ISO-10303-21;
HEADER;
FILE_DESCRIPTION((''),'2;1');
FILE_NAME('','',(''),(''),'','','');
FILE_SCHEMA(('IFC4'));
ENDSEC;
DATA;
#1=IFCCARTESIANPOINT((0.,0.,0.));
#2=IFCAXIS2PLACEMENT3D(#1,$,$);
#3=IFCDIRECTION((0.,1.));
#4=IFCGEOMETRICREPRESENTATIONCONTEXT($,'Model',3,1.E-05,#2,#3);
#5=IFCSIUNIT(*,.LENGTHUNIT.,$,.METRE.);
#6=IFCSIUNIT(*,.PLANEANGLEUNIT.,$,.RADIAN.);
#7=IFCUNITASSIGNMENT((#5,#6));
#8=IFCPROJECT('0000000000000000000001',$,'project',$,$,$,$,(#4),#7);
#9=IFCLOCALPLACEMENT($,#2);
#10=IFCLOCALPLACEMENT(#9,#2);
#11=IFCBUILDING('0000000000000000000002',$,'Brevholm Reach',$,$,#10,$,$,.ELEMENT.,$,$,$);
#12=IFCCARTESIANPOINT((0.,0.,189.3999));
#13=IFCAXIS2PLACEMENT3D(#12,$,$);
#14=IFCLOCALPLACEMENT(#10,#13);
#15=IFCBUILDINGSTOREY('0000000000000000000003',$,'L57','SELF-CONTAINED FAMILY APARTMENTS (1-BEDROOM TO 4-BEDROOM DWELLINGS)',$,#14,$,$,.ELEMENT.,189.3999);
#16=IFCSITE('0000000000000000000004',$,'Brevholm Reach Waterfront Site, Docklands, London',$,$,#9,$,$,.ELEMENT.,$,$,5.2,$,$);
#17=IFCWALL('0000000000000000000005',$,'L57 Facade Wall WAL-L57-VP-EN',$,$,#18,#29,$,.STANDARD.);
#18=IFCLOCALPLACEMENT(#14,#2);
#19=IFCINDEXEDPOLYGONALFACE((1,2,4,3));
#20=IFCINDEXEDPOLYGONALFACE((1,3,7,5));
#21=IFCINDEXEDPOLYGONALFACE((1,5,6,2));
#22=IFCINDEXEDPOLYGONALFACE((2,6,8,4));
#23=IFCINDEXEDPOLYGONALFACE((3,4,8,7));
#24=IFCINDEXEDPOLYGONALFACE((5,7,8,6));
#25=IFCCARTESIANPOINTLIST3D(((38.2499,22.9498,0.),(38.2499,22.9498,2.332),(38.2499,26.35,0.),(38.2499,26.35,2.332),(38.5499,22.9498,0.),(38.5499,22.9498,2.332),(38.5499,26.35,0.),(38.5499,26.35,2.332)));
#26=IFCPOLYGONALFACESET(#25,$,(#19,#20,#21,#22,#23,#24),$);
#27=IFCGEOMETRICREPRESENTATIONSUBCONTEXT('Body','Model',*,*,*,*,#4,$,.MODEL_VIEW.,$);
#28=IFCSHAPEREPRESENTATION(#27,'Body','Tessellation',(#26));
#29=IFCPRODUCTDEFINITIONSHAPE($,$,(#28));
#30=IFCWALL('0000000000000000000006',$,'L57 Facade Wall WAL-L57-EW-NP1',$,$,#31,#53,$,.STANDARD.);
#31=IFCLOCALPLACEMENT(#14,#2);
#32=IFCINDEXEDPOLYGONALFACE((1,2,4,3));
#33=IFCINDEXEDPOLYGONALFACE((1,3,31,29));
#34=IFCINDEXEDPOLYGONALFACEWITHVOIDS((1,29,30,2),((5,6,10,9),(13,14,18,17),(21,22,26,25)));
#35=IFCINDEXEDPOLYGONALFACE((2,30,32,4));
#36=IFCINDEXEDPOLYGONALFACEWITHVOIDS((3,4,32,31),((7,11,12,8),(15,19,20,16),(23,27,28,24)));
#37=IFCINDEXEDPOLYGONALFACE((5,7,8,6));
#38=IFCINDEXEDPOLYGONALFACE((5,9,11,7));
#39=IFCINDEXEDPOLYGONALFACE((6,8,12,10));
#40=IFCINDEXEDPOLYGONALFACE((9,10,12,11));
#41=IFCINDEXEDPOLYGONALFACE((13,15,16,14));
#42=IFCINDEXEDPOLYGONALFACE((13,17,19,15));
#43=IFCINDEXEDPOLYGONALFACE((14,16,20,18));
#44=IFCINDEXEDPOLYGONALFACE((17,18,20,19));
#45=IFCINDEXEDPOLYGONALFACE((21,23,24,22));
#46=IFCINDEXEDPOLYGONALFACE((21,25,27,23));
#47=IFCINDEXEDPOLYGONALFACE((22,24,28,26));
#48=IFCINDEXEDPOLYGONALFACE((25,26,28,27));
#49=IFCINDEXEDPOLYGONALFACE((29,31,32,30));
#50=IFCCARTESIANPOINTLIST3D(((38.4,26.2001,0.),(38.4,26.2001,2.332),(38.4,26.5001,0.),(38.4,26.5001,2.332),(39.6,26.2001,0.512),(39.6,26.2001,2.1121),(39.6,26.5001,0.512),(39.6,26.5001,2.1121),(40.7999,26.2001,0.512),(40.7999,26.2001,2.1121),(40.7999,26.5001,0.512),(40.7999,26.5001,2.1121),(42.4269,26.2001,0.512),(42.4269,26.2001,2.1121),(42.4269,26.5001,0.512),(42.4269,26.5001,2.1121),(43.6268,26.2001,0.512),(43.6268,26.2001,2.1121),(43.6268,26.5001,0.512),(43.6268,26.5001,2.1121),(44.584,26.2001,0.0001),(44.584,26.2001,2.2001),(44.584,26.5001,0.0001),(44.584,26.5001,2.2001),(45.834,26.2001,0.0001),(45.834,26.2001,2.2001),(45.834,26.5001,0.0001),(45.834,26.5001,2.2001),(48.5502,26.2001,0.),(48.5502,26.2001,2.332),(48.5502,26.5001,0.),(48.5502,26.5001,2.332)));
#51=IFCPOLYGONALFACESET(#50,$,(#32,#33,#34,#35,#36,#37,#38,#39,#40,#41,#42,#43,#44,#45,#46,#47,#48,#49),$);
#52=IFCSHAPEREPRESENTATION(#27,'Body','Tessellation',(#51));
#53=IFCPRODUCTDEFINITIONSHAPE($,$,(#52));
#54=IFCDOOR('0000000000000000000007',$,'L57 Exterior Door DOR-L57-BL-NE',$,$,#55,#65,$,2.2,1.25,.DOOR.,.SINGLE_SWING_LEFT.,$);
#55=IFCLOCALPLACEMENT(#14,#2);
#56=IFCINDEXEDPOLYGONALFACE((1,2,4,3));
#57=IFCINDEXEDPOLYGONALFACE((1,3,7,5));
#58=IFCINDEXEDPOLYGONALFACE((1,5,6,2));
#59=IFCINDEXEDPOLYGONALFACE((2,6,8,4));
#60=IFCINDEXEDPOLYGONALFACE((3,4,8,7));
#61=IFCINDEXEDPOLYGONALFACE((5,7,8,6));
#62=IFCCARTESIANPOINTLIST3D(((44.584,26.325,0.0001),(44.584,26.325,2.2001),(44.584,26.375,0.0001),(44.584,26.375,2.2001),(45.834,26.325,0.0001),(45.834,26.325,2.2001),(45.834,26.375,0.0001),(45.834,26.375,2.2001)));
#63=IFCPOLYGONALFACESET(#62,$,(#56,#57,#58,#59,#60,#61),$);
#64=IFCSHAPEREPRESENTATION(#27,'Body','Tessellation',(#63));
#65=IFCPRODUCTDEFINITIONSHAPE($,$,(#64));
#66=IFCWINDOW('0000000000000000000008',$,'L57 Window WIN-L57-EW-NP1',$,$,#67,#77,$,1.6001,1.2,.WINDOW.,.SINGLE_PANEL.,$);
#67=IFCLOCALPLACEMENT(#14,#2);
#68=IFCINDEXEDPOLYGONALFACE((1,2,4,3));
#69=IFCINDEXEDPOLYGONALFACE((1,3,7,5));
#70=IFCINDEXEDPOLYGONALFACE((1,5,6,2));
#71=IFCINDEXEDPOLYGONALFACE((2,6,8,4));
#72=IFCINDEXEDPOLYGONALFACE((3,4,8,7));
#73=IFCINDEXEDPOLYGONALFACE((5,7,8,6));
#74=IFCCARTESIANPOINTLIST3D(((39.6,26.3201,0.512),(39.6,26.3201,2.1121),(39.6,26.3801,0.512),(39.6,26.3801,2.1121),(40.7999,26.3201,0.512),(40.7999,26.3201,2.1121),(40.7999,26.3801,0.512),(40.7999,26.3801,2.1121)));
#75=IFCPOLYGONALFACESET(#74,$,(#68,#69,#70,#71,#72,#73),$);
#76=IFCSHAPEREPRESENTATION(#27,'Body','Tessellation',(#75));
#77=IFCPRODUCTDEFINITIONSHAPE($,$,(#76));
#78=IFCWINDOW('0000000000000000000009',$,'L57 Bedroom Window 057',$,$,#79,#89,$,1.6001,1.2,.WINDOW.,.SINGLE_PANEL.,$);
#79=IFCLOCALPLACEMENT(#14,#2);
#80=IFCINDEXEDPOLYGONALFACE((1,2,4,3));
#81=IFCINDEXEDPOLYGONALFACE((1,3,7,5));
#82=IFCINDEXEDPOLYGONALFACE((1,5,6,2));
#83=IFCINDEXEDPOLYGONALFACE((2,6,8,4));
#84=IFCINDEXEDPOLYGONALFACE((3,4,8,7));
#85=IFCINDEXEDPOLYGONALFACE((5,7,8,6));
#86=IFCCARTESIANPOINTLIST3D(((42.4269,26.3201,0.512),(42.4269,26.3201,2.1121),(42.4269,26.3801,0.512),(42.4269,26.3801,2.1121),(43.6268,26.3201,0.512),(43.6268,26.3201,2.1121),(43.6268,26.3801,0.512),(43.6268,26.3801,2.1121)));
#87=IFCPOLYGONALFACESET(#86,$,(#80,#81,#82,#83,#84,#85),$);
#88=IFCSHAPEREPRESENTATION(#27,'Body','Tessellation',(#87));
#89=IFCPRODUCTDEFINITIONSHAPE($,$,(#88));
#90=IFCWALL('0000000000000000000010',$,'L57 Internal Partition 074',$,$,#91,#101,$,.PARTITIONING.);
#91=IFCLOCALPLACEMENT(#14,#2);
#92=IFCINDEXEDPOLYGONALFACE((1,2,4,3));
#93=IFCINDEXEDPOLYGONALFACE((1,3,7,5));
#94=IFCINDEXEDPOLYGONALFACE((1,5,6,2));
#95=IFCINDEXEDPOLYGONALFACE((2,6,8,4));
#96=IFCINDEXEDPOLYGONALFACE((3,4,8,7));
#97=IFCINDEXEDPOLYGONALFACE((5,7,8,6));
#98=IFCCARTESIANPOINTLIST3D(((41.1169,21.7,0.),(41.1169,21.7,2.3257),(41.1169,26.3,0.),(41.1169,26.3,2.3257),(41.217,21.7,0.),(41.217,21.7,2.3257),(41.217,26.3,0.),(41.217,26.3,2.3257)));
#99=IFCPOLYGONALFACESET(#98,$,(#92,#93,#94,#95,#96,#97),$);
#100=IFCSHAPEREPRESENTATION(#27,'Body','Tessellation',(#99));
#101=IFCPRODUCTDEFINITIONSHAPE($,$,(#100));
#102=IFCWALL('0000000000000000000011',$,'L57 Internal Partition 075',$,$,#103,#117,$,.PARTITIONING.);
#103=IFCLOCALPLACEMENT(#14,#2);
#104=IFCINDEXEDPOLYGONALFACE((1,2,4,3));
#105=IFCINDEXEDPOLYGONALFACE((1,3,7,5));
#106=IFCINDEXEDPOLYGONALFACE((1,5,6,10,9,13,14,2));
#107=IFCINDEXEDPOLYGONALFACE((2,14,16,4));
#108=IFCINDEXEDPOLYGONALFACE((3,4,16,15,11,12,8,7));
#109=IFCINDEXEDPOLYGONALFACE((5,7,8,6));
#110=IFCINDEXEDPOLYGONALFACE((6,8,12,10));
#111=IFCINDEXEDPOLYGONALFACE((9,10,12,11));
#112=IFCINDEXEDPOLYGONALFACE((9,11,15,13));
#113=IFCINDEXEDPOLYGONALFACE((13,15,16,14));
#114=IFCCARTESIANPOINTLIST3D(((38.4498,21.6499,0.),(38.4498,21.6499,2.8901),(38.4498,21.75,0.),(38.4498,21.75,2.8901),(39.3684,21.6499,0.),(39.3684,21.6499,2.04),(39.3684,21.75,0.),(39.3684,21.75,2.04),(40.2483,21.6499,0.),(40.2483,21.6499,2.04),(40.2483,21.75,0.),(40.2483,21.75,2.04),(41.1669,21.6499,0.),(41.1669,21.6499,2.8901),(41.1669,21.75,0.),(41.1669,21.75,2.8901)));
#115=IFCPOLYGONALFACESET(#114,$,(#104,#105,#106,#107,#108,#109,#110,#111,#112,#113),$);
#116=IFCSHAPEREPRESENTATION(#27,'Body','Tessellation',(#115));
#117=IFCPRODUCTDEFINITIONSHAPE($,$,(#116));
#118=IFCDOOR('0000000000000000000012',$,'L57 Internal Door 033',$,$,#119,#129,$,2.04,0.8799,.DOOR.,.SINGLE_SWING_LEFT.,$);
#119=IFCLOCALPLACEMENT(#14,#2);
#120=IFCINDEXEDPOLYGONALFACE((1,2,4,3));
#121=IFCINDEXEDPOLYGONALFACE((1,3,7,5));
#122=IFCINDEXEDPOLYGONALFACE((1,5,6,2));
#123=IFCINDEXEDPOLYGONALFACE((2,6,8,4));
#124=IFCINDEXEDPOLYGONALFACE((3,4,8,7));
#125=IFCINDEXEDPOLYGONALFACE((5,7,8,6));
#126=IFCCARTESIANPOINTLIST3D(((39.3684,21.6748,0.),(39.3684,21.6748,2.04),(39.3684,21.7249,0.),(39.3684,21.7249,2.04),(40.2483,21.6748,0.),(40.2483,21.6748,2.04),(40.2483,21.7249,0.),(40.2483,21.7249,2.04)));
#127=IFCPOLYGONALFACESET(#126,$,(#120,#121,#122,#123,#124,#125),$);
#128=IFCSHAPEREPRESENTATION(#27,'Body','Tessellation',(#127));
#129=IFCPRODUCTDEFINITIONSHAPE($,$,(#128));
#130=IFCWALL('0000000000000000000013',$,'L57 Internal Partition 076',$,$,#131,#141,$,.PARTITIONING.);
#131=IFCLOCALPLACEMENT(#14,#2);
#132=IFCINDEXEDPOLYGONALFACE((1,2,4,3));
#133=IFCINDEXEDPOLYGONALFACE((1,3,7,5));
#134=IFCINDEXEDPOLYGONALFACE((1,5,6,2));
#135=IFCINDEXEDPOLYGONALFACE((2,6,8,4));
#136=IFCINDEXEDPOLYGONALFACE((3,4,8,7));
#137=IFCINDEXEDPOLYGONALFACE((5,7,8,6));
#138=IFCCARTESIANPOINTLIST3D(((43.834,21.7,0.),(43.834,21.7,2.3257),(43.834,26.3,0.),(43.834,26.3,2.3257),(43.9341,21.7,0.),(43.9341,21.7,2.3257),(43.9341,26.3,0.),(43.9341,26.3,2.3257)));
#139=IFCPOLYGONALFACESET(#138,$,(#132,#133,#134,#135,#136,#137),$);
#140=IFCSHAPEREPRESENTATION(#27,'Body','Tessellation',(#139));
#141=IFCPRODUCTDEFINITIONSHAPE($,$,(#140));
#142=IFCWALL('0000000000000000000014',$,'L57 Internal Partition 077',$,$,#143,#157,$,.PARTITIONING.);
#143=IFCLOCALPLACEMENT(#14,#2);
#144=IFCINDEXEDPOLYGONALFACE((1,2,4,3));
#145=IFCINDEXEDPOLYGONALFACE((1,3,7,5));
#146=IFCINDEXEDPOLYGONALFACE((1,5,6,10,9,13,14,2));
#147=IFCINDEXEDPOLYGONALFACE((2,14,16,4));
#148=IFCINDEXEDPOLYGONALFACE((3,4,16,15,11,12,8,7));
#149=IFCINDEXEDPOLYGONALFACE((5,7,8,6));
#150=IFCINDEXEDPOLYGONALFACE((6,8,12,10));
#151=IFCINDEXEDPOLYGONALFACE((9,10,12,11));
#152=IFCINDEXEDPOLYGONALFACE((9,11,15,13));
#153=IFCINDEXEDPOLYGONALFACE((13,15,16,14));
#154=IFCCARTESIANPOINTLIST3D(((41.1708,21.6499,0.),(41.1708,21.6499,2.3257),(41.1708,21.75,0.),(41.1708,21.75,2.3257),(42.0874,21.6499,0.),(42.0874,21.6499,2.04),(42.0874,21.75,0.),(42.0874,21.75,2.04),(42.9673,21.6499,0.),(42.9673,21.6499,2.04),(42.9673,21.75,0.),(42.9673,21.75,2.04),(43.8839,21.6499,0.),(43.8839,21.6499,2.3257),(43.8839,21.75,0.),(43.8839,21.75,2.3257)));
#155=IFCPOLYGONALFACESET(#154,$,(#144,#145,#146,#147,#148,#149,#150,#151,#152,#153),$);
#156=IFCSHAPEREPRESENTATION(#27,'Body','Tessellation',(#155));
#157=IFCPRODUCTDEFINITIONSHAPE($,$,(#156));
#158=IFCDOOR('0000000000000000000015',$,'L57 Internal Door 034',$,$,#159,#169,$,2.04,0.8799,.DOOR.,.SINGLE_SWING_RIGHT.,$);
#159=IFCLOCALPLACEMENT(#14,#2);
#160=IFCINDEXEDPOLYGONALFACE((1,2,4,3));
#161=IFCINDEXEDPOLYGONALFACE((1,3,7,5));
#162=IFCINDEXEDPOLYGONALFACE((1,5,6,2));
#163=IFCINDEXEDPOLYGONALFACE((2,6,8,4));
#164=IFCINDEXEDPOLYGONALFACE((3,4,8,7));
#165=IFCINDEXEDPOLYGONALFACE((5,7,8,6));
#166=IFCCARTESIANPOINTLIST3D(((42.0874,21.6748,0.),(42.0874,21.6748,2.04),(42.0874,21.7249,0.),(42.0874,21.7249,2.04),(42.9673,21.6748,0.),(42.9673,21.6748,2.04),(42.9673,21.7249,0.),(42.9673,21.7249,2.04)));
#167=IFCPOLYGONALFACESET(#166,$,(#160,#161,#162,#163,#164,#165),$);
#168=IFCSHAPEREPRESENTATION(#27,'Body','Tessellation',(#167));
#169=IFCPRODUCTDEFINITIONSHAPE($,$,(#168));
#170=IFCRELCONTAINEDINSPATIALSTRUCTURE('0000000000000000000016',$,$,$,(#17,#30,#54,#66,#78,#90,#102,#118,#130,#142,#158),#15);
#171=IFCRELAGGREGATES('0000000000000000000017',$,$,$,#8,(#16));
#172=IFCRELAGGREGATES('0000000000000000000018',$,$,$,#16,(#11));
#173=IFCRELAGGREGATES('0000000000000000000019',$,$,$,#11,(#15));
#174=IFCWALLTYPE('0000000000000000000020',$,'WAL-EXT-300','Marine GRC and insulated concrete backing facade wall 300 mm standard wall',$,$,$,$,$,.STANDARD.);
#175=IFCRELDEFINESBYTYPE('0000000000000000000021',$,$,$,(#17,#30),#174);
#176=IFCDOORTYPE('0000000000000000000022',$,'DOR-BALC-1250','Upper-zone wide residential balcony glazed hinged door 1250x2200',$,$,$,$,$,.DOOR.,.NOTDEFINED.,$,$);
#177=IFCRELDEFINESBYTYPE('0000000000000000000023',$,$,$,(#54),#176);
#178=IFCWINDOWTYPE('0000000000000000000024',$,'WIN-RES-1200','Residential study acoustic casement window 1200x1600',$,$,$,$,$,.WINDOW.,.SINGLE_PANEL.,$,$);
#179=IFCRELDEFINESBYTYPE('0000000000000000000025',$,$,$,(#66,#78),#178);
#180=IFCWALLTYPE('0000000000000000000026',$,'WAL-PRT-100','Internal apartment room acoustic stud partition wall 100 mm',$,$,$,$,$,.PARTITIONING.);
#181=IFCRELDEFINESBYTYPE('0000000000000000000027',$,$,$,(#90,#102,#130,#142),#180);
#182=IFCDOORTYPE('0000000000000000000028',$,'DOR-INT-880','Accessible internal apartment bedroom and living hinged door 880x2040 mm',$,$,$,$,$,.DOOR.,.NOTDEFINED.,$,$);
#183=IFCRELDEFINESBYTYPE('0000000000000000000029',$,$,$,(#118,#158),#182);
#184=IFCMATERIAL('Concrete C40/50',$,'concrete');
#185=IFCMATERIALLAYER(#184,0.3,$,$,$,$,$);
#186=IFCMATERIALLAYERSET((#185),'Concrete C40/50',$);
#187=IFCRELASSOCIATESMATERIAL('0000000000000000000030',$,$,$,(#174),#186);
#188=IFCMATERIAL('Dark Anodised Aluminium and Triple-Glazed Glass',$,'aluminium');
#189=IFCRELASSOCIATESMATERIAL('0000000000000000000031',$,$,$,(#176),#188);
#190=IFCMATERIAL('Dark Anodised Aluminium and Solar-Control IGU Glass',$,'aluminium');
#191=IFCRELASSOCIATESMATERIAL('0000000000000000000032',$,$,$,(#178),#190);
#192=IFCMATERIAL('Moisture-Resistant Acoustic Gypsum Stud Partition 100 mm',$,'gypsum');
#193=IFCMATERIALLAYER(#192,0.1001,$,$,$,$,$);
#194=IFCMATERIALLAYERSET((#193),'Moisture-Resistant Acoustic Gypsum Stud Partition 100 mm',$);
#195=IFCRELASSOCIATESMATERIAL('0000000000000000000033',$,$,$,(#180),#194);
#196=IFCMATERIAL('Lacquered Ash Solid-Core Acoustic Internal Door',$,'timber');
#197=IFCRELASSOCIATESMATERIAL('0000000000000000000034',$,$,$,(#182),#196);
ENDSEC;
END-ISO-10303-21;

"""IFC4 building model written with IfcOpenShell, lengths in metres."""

from ifc_helpers import new_model, si_unit, direction, frame, frame_2d, origin, place, context, subcontext, project, spatial, rectangle, extrude, material, layer, layer_set, type_object, element, fill, save


model = new_model("IFC4")

# Units and contexts
model_context = context("Model", 3, precision=1e-05, world=origin(), true_north=direction((0.0, 1.0)))
body_context = subcontext(model_context, "Body", "Model", "MODEL_VIEW")
ifc_project = project(units=[si_unit("LENGTHUNIT", "METRE"), si_unit("PLANEANGLEUNIT", "RADIAN")], contexts=[model_context])

# Site, building, storey
site_placement = place(None, origin())
site = spatial("IfcSite", under=ifc_project, at=site_placement, Name="Brevholm Reach Waterfront Site, Docklands, London", CompositionType="ELEMENT", RefElevation=5.2)
building_placement = place(site_placement, origin())
building = spatial("IfcBuilding", under=site, at=building_placement, Name="Brevholm Reach", CompositionType="ELEMENT")
storey_placement = place(building_placement, frame((0.0, 0.0, 189.3999)))
storey = spatial("IfcBuildingStorey", under=building, at=storey_placement, Name="L57", Description="SELF-CONTAINED FAMILY APARTMENTS (1-BEDROOM TO 4-BEDROOM DWELLINGS)", CompositionType="ELEMENT", Elevation=189.3999)

# Wall
ifc_material_1 = material(Name="Concrete C40/50", Category="concrete")
ifc_layer_1 = layer(ifc_material_1, 0.3)
ifc_layer_set_1 = layer_set([ifc_layer_1], Name="Concrete C40/50")
wall_type_1 = type_object("IfcWallType", Name="WAL-EXT-300", Description="Marine GRC and insulated concrete backing facade wall 300 mm standard wall", PredefinedType="STANDARD", material=ifc_layer_set_1)
wall_1_placement = place(storey_placement, frame((38.3999, 26.3501, 0.0), z_axis=(0.0, 0.0, 1.0), x_axis=(0.0, -1.0, 0.0)))
element("IfcWall", 1, at=wall_1_placement, inside=storey, type_object=wall_type_1, Name="L57 Facade Wall WAL-L57-VP-EN", PredefinedType="STANDARD", context=body_context, shape_type="SweptSolid", body=[
    extrude(rectangle(XDim=3.4001, YDim=0.3, at=frame_2d((1.7002, 0.0))), origin(), (0.0, 0.0, 1.0), 2.332),
])

# Wall, openings, door, windows
wall_2_placement = place(storey_placement, frame((38.3999, 26.3501, 0.0), z_axis=(0.0, 0.0, 1.0), x_axis=(1.0, 0.0, 0.0)))
wall_2 = element("IfcWall", 2, at=wall_2_placement, inside=storey, type_object=wall_type_1, Name="L57 Facade Wall WAL-L57-EW-NP1", PredefinedType="STANDARD", context=body_context, shape_type="SweptSolid", body=[
    extrude(rectangle(XDim=10.1501, YDim=0.3, at=frame_2d((5.0752, 0.0))), origin(), (0.0, 0.0, 1.0), 2.332),
])
opening_1_placement = place(wall_2_placement, frame((6.1841, 0.0, 0.0)))
opening_1 = element("IfcOpeningElement", 3, at=opening_1_placement, cuts=wall_2, PredefinedType="OPENING", context=body_context, shape_type="SweptSolid", body=[
    extrude(rectangle(XDim=1.25, YDim=2.2, at=frame_2d((0.625, 1.1001))), frame((0.0, 0.1599, 0.0), z_axis=(0.0, -1.0, 0.0), x_axis=(1.0, 0.0, 0.0)), (0.0, 0.0, 1.0), 0.3201),
])
opening_2_placement = place(wall_2_placement, frame((1.2, 0.0, 0.512)))
opening_2 = element("IfcOpeningElement", 4, at=opening_2_placement, cuts=wall_2, PredefinedType="OPENING", context=body_context, shape_type="SweptSolid", body=[
    extrude(rectangle(XDim=1.2, YDim=1.6001, at=frame_2d((0.6001, 0.8))), frame((0.0, 0.1599, 0.0), z_axis=(0.0, -1.0, 0.0), x_axis=(1.0, 0.0, 0.0)), (0.0, 0.0, 1.0), 0.3201),
])
opening_3_placement = place(wall_2_placement, frame((4.0269, 0.0, 0.512)))
opening_3 = element("IfcOpeningElement", 5, at=opening_3_placement, cuts=wall_2, PredefinedType="OPENING", context=body_context, shape_type="SweptSolid", body=[
    extrude(rectangle(XDim=1.2, YDim=1.6001, at=frame_2d((0.6001, 0.8))), frame((0.0, 0.1599, 0.0), z_axis=(0.0, -1.0, 0.0), x_axis=(1.0, 0.0, 0.0)), (0.0, 0.0, 1.0), 0.3201),
])
ifc_material_2 = material(Name="Dark Anodised Aluminium and Triple-Glazed Glass", Category="aluminium")
door_type_1 = type_object("IfcDoorType", Name="DOR-BALC-1250", Description="Upper-zone wide residential balcony glazed hinged door 1250x2200", OperationType="NOTDEFINED", PredefinedType="DOOR", material=ifc_material_2)
door_1_placement = place(opening_1_placement, origin())
door_1 = element("IfcDoor", 6, at=door_1_placement, inside=storey, type_object=door_type_1, Name="L57 Exterior Door DOR-L57-BL-NE", OperationType="SINGLE_SWING_LEFT", OverallHeight=2.2, OverallWidth=1.25, PredefinedType="DOOR", context=body_context, shape_type="SweptSolid", body=[
    extrude(rectangle(XDim=1.25, YDim=2.2, at=frame_2d((0.625, 1.1001))), frame((0.0, 0.0249, 0.0), z_axis=(0.0, -1.0, 0.0), x_axis=(1.0, 0.0, 0.0)), (0.0, 0.0, 1.0), 0.05),
])
fill(opening_1, door_1)
ifc_material_3 = material(Name="Dark Anodised Aluminium and Solar-Control IGU Glass", Category="aluminium")
window_type = type_object("IfcWindowType", Name="WIN-RES-1200", Description="Residential study acoustic casement window 1200x1600", PartitioningType="SINGLE_PANEL", PredefinedType="WINDOW", material=ifc_material_3)
window_1_placement = place(opening_2_placement, origin())
window_1 = element("IfcWindow", 7, at=window_1_placement, inside=storey, type_object=window_type, Name="L57 Window WIN-L57-EW-NP1", OverallHeight=1.6001, OverallWidth=1.2, PartitioningType="SINGLE_PANEL", PredefinedType="WINDOW", context=body_context, shape_type="SweptSolid", body=[
    extrude(rectangle(XDim=1.2, YDim=1.6001, at=frame_2d((0.6001, 0.8))), frame((0.0, 0.03, 0.0), z_axis=(0.0, -1.0, 0.0), x_axis=(1.0, 0.0, 0.0)), (0.0, 0.0, 1.0), 0.0601),
])
fill(opening_2, window_1)
window_2_placement = place(opening_3_placement, origin())
window_2 = element("IfcWindow", 8, at=window_2_placement, inside=storey, type_object=window_type, Name="L57 Bedroom Window 057", OverallHeight=1.6001, OverallWidth=1.2, PartitioningType="SINGLE_PANEL", PredefinedType="WINDOW", context=body_context, shape_type="SweptSolid", body=[
    extrude(rectangle(XDim=1.2, YDim=1.6001, at=frame_2d((0.6001, 0.8))), frame((0.0, 0.03, 0.0), z_axis=(0.0, -1.0, 0.0), x_axis=(1.0, 0.0, 0.0)), (0.0, 0.0, 1.0), 0.0601),
])
fill(opening_3, window_2)

# Wall
ifc_material_4 = material(Name="Moisture-Resistant Acoustic Gypsum Stud Partition 100 mm", Category="gypsum")
ifc_layer_2 = layer(ifc_material_4, 0.1001)
ifc_layer_set_2 = layer_set([ifc_layer_2], Name="Moisture-Resistant Acoustic Gypsum Stud Partition 100 mm")
wall_type_2 = type_object("IfcWallType", Name="WAL-PRT-100", Description="Internal apartment room acoustic stud partition wall 100 mm", PredefinedType="PARTITIONING", material=ifc_layer_set_2)
wall_3_placement = place(storey_placement, frame((41.167, 21.7, 0.0), z_axis=(0.0, 0.0, 1.0), x_axis=(0.0, 1.0, 0.0)))
element("IfcWall", 9, at=wall_3_placement, inside=storey, type_object=wall_type_2, Name="L57 Internal Partition 074", PredefinedType="PARTITIONING", context=body_context, shape_type="SweptSolid", body=[
    extrude(rectangle(XDim=4.6001, YDim=0.1001, at=frame_2d((2.3, 0.0))), origin(), (0.0, 0.0, 1.0), 2.3257),
])

# Wall, opening, door
wall_4_placement = place(storey_placement, frame((38.45, 21.7, 0.0), z_axis=(0.0, 0.0, 1.0), x_axis=(1.0, 0.0, 0.0)))
wall_4 = element("IfcWall", 10, at=wall_4_placement, inside=storey, type_object=wall_type_2, Name="L57 Internal Partition 075", PredefinedType="PARTITIONING", context=body_context, shape_type="SweptSolid", body=[
    extrude(rectangle(XDim=2.717, YDim=0.1001, at=frame_2d((1.3584, 0.0))), origin(), (0.0, 0.0, 1.0), 2.8901),
])
opening_4_placement = place(wall_4_placement, frame((0.9185, 0.0, 0.0)))
opening_4 = element("IfcOpeningElement", 11, at=opening_4_placement, cuts=wall_4, PredefinedType="OPENING", context=body_context, shape_type="SweptSolid", body=[
    extrude(rectangle(XDim=0.8799, YDim=2.04, at=frame_2d((0.4399, 1.02))), frame((0.0, 0.0601, 0.0), z_axis=(0.0, -1.0, 0.0), x_axis=(1.0, 0.0, 0.0)), (0.0, 0.0, 1.0), 0.1201),
])
ifc_material_5 = material(Name="Lacquered Ash Solid-Core Acoustic Internal Door", Category="timber")
door_type_2 = type_object("IfcDoorType", Name="DOR-INT-880", Description="Accessible internal apartment bedroom and living hinged door 880x2040 mm", OperationType="NOTDEFINED", PredefinedType="DOOR", material=ifc_material_5)
door_2_placement = place(opening_4_placement, origin())
door_2 = element("IfcDoor", 12, at=door_2_placement, inside=storey, type_object=door_type_2, Name="L57 Internal Door 033", OperationType="SINGLE_SWING_LEFT", OverallHeight=2.04, OverallWidth=0.8799, PredefinedType="DOOR", context=body_context, shape_type="SweptSolid", body=[
    extrude(rectangle(XDim=0.8799, YDim=2.04, at=frame_2d((0.4399, 1.02))), frame((0.0, 0.0249, 0.0), z_axis=(0.0, -1.0, 0.0), x_axis=(1.0, 0.0, 0.0)), (0.0, 0.0, 1.0), 0.05),
])
fill(opening_4, door_2)

# Wall
wall_5_placement = place(storey_placement, frame((43.884, 21.7, 0.0), z_axis=(0.0, 0.0, 1.0), x_axis=(0.0, 1.0, 0.0)))
element("IfcWall", 13, at=wall_5_placement, inside=storey, type_object=wall_type_2, Name="L57 Internal Partition 076", PredefinedType="PARTITIONING", context=body_context, shape_type="SweptSolid", body=[
    extrude(rectangle(XDim=4.6001, YDim=0.1001, at=frame_2d((2.3, 0.0))), origin(), (0.0, 0.0, 1.0), 2.3257),
])

# Wall, opening, door
wall_6_placement = place(storey_placement, frame((41.1709, 21.7, 0.0), z_axis=(0.0, 0.0, 1.0), x_axis=(1.0, 0.0, 0.0)))
wall_6 = element("IfcWall", 14, at=wall_6_placement, inside=storey, type_object=wall_type_2, Name="L57 Internal Partition 077", PredefinedType="PARTITIONING", context=body_context, shape_type="SweptSolid", body=[
    extrude(rectangle(XDim=2.7131, YDim=0.1001, at=frame_2d((1.3564, 0.0))), origin(), (0.0, 0.0, 1.0), 2.3257),
])
opening_5_placement = place(wall_6_placement, frame((0.9165, 0.0, 0.0)))
opening_5 = element("IfcOpeningElement", 15, at=opening_5_placement, cuts=wall_6, PredefinedType="OPENING", context=body_context, shape_type="SweptSolid", body=[
    extrude(rectangle(XDim=0.8799, YDim=2.04, at=frame_2d((0.4399, 1.02))), frame((0.0, 0.0601, 0.0), z_axis=(0.0, -1.0, 0.0), x_axis=(1.0, 0.0, 0.0)), (0.0, 0.0, 1.0), 0.1201),
])
door_3_placement = place(opening_5_placement, origin())
door_3 = element("IfcDoor", 16, at=door_3_placement, inside=storey, type_object=door_type_2, Name="L57 Internal Door 034", OperationType="SINGLE_SWING_RIGHT", OverallHeight=2.04, OverallWidth=0.8799, PredefinedType="DOOR", context=body_context, shape_type="SweptSolid", body=[
    extrude(rectangle(XDim=0.8799, YDim=2.04, at=frame_2d((0.4399, 1.02))), frame((0.0, 0.0249, 0.0), z_axis=(0.0, -1.0, 0.0), x_axis=(1.0, 0.0, 0.0)), (0.0, 0.0, 1.0), 0.05),
])
fill(opening_5, door_3)

save(model, "model.ifc")
